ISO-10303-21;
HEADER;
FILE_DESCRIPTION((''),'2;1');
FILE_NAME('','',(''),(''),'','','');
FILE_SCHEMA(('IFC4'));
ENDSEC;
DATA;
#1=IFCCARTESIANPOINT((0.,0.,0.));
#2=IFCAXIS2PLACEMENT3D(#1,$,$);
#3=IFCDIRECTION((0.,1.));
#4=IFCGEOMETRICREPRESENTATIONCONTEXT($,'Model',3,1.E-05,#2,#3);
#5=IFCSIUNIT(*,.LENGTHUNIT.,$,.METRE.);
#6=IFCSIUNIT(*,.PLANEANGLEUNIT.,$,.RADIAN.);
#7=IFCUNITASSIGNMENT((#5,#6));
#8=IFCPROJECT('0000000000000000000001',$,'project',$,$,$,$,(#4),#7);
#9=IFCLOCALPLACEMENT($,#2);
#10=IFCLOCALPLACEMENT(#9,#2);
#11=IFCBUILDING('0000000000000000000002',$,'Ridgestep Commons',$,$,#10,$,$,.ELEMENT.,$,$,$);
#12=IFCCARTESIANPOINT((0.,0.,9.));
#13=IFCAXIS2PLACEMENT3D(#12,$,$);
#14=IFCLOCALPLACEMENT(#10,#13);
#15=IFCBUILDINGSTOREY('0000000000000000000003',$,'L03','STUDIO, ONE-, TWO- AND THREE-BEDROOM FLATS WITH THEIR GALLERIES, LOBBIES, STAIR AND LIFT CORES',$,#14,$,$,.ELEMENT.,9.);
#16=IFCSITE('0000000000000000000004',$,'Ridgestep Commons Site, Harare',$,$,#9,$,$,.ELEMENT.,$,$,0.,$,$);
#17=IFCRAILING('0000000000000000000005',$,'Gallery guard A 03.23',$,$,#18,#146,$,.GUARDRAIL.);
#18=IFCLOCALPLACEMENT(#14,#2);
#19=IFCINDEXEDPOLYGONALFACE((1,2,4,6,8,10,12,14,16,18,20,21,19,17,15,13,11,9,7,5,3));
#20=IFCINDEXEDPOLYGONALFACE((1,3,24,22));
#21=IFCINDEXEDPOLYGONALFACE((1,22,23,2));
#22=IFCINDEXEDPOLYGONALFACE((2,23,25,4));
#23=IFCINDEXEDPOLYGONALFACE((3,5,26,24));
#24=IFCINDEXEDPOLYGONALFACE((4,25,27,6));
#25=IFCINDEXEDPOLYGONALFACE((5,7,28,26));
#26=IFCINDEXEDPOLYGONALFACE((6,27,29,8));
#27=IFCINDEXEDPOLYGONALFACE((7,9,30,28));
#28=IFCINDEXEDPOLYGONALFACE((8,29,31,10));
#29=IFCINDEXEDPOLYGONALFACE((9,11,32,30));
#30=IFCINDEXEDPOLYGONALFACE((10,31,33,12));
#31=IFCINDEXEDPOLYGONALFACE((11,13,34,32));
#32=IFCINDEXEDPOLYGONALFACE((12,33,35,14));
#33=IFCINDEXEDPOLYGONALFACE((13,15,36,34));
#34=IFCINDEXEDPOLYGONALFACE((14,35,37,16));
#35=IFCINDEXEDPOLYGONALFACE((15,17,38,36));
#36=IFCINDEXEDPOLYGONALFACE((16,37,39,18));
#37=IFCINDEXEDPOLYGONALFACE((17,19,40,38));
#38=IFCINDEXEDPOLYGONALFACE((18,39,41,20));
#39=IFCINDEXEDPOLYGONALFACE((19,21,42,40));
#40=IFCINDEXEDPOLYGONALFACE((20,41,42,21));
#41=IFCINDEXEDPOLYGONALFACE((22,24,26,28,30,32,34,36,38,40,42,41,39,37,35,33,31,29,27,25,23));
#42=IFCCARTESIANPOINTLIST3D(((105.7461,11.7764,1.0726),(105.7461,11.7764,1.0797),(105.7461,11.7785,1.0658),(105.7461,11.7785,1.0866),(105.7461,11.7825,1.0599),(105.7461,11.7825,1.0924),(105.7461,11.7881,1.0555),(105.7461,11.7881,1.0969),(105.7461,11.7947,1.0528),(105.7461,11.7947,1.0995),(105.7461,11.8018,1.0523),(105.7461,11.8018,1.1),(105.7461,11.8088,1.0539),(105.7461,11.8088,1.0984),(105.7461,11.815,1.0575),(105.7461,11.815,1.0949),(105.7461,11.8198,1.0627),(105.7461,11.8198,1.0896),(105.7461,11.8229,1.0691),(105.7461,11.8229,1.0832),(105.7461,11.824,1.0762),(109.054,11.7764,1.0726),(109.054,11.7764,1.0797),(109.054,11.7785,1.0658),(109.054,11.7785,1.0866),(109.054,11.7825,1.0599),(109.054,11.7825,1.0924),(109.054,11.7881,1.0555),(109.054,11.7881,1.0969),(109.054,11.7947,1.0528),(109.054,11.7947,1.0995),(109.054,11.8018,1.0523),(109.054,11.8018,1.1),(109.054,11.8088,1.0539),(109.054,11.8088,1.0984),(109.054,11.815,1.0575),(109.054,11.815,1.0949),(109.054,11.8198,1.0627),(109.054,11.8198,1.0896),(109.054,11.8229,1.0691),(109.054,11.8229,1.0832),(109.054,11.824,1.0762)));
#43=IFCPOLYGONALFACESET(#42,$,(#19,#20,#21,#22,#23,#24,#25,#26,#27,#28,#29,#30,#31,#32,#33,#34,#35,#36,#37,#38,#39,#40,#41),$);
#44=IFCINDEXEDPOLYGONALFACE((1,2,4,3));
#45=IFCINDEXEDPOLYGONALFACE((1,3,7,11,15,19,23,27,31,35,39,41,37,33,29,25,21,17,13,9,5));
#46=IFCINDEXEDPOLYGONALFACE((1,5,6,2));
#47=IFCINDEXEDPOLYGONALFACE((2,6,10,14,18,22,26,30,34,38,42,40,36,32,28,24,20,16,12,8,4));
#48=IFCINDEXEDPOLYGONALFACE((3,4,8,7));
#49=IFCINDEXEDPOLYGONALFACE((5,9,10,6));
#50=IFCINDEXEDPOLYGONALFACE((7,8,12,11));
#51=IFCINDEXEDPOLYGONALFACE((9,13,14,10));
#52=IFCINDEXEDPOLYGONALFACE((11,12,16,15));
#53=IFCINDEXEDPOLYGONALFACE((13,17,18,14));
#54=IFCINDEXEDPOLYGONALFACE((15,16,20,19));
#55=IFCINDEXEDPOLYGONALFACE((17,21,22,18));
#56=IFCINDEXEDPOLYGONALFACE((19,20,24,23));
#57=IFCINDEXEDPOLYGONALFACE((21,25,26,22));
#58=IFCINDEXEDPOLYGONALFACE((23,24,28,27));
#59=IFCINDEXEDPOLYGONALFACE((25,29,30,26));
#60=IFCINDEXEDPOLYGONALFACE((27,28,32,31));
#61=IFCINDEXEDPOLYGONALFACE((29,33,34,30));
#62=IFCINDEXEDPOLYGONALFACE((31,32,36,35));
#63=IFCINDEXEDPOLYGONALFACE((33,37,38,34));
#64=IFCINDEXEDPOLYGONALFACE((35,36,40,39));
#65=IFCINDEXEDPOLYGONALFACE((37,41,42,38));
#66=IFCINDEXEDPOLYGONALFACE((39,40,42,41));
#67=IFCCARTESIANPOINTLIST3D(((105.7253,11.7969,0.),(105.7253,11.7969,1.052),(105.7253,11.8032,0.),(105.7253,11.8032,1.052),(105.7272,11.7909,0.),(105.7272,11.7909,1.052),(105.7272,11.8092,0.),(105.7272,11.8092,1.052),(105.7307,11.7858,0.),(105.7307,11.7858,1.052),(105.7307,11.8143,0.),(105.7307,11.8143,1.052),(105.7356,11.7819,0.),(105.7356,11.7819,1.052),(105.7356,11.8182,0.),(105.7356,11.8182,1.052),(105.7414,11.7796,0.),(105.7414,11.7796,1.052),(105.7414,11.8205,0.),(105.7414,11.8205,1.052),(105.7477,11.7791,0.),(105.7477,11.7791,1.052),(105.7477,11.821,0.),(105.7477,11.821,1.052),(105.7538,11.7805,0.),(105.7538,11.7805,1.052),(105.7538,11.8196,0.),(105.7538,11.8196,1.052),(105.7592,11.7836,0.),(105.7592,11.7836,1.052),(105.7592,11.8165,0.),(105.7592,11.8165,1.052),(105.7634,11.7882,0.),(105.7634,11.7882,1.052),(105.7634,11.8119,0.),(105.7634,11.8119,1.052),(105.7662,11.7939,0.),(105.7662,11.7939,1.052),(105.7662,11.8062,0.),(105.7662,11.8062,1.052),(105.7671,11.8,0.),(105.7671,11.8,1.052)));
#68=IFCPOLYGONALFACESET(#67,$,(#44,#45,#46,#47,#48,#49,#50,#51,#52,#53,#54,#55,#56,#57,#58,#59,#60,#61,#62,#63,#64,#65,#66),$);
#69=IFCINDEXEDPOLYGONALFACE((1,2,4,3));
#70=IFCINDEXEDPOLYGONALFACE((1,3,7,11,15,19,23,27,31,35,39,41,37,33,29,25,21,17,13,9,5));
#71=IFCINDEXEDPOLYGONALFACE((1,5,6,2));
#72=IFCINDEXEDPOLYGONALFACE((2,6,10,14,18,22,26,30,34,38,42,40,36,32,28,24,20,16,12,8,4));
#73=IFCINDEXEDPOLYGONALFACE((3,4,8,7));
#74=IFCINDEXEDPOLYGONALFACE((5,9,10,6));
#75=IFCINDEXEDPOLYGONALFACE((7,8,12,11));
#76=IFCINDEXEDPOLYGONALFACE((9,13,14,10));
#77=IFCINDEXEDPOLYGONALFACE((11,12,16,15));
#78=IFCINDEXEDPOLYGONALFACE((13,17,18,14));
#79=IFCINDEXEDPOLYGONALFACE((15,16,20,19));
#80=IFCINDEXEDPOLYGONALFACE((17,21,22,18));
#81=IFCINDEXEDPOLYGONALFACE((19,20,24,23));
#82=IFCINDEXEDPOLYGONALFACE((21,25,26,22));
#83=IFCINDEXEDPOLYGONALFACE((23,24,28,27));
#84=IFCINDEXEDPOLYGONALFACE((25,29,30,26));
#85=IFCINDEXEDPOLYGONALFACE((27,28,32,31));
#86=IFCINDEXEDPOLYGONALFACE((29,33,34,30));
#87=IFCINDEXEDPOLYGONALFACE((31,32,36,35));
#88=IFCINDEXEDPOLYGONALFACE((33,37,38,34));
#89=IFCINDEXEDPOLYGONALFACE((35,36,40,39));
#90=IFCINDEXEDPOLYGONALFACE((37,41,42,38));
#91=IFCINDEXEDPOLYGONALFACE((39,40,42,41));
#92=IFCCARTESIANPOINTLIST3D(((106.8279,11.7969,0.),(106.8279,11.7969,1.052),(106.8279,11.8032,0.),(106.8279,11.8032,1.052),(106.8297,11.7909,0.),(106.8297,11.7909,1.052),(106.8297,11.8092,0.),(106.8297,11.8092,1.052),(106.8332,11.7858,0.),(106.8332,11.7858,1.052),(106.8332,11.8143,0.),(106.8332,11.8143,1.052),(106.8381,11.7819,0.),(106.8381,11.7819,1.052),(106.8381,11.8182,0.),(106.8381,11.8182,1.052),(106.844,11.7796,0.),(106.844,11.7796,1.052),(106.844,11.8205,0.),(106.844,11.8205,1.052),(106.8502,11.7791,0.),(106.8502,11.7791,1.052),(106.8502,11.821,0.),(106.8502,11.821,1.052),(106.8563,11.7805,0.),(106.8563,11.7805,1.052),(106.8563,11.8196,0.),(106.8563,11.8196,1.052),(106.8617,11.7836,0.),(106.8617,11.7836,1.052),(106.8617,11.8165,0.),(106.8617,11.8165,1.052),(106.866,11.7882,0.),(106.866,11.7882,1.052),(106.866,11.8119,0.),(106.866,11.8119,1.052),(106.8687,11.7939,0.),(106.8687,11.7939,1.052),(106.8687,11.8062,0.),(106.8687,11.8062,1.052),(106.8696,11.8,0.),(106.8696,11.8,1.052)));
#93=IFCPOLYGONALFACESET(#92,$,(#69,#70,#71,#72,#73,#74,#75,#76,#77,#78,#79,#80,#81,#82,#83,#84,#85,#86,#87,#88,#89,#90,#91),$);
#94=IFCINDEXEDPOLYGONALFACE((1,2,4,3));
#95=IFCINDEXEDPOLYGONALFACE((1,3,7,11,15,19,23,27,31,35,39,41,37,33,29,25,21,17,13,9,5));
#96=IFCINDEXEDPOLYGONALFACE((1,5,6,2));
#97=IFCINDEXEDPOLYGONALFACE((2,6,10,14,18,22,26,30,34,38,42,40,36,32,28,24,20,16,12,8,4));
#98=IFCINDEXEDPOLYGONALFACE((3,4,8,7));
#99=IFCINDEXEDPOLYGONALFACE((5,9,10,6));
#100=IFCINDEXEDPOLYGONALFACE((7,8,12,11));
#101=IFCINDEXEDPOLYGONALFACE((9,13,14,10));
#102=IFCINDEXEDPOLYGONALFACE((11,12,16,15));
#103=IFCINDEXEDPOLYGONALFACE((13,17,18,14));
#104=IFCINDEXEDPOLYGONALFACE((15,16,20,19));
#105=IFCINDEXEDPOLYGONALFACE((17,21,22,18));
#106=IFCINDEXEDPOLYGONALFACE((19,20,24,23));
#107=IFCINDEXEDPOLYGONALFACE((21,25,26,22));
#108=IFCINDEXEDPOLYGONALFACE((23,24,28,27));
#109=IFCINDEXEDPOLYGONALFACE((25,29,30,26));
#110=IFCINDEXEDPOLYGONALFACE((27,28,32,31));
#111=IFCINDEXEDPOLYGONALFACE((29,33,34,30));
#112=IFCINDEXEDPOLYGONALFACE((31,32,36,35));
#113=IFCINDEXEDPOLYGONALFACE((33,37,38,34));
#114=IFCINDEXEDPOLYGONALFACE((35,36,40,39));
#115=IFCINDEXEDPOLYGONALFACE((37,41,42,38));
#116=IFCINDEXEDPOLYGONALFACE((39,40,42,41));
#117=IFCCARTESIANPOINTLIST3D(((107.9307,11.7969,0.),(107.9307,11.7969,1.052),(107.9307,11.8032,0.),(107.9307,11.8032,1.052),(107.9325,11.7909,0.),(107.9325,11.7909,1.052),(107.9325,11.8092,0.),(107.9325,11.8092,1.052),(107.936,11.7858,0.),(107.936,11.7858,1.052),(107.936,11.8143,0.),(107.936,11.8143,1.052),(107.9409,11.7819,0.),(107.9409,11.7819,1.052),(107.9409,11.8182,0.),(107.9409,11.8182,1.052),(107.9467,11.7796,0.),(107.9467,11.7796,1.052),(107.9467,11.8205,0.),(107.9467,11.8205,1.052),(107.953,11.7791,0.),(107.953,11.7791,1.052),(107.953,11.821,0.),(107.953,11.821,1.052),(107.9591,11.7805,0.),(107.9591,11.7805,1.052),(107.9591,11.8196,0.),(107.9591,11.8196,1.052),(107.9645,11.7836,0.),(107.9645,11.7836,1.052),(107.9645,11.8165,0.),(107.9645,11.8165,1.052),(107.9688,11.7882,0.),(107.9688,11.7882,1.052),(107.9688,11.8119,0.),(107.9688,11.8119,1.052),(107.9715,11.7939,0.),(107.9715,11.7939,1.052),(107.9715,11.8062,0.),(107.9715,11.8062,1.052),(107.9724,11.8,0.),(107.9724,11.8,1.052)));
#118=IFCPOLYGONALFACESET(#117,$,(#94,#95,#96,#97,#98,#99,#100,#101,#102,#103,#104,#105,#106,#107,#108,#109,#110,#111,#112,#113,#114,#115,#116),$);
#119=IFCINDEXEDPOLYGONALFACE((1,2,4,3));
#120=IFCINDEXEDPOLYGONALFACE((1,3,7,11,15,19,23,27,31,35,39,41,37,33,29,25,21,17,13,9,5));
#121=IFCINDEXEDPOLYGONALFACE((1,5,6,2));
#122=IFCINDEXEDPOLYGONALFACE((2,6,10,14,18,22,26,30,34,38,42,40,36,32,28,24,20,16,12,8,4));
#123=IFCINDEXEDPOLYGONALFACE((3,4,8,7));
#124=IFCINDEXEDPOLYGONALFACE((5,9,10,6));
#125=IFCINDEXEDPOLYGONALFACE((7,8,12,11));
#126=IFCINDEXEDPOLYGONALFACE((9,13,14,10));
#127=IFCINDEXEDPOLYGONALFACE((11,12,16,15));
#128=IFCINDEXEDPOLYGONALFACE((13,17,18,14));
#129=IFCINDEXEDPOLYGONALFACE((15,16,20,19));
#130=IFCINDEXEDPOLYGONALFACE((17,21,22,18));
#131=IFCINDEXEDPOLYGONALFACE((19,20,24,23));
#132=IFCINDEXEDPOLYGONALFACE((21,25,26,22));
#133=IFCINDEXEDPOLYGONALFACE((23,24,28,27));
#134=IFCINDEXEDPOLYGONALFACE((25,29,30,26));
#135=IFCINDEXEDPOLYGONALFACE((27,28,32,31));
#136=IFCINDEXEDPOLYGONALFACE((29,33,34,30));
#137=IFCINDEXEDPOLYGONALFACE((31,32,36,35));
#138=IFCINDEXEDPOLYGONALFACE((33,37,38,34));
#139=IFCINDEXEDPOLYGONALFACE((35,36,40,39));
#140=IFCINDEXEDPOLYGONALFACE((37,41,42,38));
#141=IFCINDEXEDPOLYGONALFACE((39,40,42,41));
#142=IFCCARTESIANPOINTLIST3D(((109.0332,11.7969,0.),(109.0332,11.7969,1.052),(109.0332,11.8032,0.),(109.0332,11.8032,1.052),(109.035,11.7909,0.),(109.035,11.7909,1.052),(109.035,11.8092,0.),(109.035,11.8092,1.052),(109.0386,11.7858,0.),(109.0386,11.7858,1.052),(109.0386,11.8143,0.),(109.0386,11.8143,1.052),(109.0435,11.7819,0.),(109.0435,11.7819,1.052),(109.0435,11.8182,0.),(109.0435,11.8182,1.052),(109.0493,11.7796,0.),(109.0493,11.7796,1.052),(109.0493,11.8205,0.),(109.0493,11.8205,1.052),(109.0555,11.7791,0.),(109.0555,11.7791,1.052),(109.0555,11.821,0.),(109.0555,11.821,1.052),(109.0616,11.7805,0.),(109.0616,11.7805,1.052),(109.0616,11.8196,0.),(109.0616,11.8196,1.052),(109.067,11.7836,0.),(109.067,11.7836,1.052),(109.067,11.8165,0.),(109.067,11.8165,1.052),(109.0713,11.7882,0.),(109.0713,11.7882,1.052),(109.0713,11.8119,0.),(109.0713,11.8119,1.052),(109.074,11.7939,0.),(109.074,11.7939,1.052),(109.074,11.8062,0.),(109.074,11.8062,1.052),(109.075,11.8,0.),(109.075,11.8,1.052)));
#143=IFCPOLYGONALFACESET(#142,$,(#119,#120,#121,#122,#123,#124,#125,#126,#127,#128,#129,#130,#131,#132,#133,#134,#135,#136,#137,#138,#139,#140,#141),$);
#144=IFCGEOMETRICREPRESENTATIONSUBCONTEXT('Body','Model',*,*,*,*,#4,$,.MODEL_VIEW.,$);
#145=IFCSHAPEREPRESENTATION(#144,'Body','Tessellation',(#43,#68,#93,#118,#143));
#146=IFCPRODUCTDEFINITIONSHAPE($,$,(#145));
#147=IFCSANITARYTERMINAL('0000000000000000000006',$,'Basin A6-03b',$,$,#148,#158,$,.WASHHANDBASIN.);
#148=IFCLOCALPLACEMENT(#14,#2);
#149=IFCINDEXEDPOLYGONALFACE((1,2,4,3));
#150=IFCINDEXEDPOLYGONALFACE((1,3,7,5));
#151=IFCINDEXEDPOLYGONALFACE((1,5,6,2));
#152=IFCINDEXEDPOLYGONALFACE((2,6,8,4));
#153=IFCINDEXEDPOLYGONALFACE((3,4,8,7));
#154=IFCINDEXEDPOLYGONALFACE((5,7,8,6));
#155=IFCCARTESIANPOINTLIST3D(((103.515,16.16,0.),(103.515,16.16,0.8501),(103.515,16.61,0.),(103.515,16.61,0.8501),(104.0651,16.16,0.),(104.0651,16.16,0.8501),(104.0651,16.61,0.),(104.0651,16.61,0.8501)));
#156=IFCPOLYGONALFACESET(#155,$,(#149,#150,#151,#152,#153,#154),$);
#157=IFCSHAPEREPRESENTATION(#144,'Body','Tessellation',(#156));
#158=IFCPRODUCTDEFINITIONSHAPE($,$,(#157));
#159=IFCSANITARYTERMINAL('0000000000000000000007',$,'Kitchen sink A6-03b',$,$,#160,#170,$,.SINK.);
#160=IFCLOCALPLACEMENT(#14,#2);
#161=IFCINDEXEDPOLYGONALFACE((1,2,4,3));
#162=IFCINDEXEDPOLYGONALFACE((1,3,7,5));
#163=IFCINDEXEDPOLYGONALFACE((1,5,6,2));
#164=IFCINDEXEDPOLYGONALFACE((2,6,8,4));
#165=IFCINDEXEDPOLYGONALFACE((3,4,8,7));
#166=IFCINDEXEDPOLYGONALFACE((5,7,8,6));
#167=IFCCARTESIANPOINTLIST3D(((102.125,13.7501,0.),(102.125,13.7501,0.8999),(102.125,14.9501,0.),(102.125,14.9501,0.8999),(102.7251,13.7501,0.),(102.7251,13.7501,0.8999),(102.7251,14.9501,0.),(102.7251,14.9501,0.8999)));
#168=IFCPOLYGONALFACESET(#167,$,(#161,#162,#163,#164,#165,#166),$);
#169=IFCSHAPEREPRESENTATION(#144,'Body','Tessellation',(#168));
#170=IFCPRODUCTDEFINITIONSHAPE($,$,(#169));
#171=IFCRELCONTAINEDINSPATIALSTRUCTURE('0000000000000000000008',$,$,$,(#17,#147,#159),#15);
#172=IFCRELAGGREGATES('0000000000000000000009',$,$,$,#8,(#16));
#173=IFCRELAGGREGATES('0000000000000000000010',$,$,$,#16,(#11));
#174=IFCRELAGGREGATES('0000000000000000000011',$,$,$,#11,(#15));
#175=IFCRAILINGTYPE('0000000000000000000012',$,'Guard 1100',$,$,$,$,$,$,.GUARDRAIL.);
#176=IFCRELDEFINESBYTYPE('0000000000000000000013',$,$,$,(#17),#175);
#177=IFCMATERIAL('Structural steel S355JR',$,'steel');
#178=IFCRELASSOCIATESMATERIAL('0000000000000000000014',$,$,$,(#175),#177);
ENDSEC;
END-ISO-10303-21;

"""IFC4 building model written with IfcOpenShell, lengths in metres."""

from ifc_helpers import new_model, si_unit, direction, frame, origin, origin_2d, place, context, subcontext, project, spatial, rectangle, circle, extrude, material, type_object, element, save


model = new_model("IFC4")

# Units and contexts
model_context = context("Model", 3, precision=1e-05, world=origin(), true_north=direction((0.0, 1.0)))
body_context = subcontext(model_context, "Body", "Model", "MODEL_VIEW")
ifc_project = project(units=[si_unit("LENGTHUNIT", "METRE"), si_unit("PLANEANGLEUNIT", "RADIAN")], contexts=[model_context])

# Site, building, storey
site_placement = place(None, origin())
site = spatial("IfcSite", under=ifc_project, at=site_placement, Name="Ridgestep Commons Site, Harare", CompositionType="ELEMENT", RefElevation=0.0)
building_placement = place(site_placement, origin())
building = spatial("IfcBuilding", under=site, at=building_placement, Name="Ridgestep Commons", CompositionType="ELEMENT")
storey_placement = place(building_placement, frame((0.0, 0.0, 9.0)))
storey = spatial("IfcBuildingStorey", under=building, at=storey_placement, Name="L03", Description="STUDIO, ONE-, TWO- AND THREE-BEDROOM FLATS WITH THEIR GALLERIES, LOBBIES, STAIR AND LIFT CORES", CompositionType="ELEMENT", Elevation=9.0)

# Railing
ifc_material_1 = material(Name="Structural steel S355JR", Category="steel")
railing_type = type_object("IfcRailingType", Name="Guard 1100", PredefinedType="GUARDRAIL", material=ifc_material_1)
railing_1_placement = place(storey_placement, frame((105.7461, 11.8, 0.0)))
element("IfcRailing", 1, at=railing_1_placement, inside=storey, type_object=railing_type, Name="Gallery guard A 03.23", PredefinedType="GUARDRAIL", context=body_context, shape_type="SweptSolid", body=[
    extrude(circle(Radius=0.0239, at=origin_2d()), frame((0.0, 0.0, 1.0762), z_axis=(1.0, 0.0, 0.0), x_axis=(0.0, 1.0, 0.0)), (0.0, 0.0, 1.0), 3.3079),
    extrude(circle(Radius=0.021, at=origin_2d()), origin(), (0.0, 0.0, 1.0), 1.052),
    extrude(circle(Radius=0.021, at=origin_2d()), frame((1.1025, 0.0, 0.0)), (0.0, 0.0, 1.0), 1.052),
    extrude(circle(Radius=0.021, at=origin_2d()), frame((2.2053, 0.0, 0.0)), (0.0, 0.0, 1.0), 1.052),
    extrude(circle(Radius=0.021, at=origin_2d()), frame((3.3079, 0.0, 0.0)), (0.0, 0.0, 1.0), 1.052),
])

# Sanitary terminals
sanitary_terminal_1_placement = place(storey_placement, frame((103.79, 16.385, 0.0), z_axis=(0.0, 0.0, 1.0), x_axis=(1.0, 0.0, 0.0)))
element("IfcSanitaryTerminal", 2, at=sanitary_terminal_1_placement, inside=storey, Name="Basin A6-03b", PredefinedType="WASHHANDBASIN", context=body_context, shape_type="SweptSolid", body=[
    extrude(rectangle(XDim=0.55, YDim=0.45, at=origin_2d()), origin(), (0.0, 0.0, 1.0), 0.8501),
])
sanitary_terminal_2_placement = place(storey_placement, frame((102.425, 14.3501, 0.0), z_axis=(0.0, 0.0, 1.0), x_axis=(1.0, 0.0, 0.0)))
element("IfcSanitaryTerminal", 3, at=sanitary_terminal_2_placement, inside=storey, Name="Kitchen sink A6-03b", PredefinedType="SINK", context=body_context, shape_type="SweptSolid", body=[
    extrude(rectangle(XDim=0.6001, YDim=1.2, at=origin_2d()), origin(), (0.0, 0.0, 1.0), 0.8999),
])

save(model, "model.ifc")
